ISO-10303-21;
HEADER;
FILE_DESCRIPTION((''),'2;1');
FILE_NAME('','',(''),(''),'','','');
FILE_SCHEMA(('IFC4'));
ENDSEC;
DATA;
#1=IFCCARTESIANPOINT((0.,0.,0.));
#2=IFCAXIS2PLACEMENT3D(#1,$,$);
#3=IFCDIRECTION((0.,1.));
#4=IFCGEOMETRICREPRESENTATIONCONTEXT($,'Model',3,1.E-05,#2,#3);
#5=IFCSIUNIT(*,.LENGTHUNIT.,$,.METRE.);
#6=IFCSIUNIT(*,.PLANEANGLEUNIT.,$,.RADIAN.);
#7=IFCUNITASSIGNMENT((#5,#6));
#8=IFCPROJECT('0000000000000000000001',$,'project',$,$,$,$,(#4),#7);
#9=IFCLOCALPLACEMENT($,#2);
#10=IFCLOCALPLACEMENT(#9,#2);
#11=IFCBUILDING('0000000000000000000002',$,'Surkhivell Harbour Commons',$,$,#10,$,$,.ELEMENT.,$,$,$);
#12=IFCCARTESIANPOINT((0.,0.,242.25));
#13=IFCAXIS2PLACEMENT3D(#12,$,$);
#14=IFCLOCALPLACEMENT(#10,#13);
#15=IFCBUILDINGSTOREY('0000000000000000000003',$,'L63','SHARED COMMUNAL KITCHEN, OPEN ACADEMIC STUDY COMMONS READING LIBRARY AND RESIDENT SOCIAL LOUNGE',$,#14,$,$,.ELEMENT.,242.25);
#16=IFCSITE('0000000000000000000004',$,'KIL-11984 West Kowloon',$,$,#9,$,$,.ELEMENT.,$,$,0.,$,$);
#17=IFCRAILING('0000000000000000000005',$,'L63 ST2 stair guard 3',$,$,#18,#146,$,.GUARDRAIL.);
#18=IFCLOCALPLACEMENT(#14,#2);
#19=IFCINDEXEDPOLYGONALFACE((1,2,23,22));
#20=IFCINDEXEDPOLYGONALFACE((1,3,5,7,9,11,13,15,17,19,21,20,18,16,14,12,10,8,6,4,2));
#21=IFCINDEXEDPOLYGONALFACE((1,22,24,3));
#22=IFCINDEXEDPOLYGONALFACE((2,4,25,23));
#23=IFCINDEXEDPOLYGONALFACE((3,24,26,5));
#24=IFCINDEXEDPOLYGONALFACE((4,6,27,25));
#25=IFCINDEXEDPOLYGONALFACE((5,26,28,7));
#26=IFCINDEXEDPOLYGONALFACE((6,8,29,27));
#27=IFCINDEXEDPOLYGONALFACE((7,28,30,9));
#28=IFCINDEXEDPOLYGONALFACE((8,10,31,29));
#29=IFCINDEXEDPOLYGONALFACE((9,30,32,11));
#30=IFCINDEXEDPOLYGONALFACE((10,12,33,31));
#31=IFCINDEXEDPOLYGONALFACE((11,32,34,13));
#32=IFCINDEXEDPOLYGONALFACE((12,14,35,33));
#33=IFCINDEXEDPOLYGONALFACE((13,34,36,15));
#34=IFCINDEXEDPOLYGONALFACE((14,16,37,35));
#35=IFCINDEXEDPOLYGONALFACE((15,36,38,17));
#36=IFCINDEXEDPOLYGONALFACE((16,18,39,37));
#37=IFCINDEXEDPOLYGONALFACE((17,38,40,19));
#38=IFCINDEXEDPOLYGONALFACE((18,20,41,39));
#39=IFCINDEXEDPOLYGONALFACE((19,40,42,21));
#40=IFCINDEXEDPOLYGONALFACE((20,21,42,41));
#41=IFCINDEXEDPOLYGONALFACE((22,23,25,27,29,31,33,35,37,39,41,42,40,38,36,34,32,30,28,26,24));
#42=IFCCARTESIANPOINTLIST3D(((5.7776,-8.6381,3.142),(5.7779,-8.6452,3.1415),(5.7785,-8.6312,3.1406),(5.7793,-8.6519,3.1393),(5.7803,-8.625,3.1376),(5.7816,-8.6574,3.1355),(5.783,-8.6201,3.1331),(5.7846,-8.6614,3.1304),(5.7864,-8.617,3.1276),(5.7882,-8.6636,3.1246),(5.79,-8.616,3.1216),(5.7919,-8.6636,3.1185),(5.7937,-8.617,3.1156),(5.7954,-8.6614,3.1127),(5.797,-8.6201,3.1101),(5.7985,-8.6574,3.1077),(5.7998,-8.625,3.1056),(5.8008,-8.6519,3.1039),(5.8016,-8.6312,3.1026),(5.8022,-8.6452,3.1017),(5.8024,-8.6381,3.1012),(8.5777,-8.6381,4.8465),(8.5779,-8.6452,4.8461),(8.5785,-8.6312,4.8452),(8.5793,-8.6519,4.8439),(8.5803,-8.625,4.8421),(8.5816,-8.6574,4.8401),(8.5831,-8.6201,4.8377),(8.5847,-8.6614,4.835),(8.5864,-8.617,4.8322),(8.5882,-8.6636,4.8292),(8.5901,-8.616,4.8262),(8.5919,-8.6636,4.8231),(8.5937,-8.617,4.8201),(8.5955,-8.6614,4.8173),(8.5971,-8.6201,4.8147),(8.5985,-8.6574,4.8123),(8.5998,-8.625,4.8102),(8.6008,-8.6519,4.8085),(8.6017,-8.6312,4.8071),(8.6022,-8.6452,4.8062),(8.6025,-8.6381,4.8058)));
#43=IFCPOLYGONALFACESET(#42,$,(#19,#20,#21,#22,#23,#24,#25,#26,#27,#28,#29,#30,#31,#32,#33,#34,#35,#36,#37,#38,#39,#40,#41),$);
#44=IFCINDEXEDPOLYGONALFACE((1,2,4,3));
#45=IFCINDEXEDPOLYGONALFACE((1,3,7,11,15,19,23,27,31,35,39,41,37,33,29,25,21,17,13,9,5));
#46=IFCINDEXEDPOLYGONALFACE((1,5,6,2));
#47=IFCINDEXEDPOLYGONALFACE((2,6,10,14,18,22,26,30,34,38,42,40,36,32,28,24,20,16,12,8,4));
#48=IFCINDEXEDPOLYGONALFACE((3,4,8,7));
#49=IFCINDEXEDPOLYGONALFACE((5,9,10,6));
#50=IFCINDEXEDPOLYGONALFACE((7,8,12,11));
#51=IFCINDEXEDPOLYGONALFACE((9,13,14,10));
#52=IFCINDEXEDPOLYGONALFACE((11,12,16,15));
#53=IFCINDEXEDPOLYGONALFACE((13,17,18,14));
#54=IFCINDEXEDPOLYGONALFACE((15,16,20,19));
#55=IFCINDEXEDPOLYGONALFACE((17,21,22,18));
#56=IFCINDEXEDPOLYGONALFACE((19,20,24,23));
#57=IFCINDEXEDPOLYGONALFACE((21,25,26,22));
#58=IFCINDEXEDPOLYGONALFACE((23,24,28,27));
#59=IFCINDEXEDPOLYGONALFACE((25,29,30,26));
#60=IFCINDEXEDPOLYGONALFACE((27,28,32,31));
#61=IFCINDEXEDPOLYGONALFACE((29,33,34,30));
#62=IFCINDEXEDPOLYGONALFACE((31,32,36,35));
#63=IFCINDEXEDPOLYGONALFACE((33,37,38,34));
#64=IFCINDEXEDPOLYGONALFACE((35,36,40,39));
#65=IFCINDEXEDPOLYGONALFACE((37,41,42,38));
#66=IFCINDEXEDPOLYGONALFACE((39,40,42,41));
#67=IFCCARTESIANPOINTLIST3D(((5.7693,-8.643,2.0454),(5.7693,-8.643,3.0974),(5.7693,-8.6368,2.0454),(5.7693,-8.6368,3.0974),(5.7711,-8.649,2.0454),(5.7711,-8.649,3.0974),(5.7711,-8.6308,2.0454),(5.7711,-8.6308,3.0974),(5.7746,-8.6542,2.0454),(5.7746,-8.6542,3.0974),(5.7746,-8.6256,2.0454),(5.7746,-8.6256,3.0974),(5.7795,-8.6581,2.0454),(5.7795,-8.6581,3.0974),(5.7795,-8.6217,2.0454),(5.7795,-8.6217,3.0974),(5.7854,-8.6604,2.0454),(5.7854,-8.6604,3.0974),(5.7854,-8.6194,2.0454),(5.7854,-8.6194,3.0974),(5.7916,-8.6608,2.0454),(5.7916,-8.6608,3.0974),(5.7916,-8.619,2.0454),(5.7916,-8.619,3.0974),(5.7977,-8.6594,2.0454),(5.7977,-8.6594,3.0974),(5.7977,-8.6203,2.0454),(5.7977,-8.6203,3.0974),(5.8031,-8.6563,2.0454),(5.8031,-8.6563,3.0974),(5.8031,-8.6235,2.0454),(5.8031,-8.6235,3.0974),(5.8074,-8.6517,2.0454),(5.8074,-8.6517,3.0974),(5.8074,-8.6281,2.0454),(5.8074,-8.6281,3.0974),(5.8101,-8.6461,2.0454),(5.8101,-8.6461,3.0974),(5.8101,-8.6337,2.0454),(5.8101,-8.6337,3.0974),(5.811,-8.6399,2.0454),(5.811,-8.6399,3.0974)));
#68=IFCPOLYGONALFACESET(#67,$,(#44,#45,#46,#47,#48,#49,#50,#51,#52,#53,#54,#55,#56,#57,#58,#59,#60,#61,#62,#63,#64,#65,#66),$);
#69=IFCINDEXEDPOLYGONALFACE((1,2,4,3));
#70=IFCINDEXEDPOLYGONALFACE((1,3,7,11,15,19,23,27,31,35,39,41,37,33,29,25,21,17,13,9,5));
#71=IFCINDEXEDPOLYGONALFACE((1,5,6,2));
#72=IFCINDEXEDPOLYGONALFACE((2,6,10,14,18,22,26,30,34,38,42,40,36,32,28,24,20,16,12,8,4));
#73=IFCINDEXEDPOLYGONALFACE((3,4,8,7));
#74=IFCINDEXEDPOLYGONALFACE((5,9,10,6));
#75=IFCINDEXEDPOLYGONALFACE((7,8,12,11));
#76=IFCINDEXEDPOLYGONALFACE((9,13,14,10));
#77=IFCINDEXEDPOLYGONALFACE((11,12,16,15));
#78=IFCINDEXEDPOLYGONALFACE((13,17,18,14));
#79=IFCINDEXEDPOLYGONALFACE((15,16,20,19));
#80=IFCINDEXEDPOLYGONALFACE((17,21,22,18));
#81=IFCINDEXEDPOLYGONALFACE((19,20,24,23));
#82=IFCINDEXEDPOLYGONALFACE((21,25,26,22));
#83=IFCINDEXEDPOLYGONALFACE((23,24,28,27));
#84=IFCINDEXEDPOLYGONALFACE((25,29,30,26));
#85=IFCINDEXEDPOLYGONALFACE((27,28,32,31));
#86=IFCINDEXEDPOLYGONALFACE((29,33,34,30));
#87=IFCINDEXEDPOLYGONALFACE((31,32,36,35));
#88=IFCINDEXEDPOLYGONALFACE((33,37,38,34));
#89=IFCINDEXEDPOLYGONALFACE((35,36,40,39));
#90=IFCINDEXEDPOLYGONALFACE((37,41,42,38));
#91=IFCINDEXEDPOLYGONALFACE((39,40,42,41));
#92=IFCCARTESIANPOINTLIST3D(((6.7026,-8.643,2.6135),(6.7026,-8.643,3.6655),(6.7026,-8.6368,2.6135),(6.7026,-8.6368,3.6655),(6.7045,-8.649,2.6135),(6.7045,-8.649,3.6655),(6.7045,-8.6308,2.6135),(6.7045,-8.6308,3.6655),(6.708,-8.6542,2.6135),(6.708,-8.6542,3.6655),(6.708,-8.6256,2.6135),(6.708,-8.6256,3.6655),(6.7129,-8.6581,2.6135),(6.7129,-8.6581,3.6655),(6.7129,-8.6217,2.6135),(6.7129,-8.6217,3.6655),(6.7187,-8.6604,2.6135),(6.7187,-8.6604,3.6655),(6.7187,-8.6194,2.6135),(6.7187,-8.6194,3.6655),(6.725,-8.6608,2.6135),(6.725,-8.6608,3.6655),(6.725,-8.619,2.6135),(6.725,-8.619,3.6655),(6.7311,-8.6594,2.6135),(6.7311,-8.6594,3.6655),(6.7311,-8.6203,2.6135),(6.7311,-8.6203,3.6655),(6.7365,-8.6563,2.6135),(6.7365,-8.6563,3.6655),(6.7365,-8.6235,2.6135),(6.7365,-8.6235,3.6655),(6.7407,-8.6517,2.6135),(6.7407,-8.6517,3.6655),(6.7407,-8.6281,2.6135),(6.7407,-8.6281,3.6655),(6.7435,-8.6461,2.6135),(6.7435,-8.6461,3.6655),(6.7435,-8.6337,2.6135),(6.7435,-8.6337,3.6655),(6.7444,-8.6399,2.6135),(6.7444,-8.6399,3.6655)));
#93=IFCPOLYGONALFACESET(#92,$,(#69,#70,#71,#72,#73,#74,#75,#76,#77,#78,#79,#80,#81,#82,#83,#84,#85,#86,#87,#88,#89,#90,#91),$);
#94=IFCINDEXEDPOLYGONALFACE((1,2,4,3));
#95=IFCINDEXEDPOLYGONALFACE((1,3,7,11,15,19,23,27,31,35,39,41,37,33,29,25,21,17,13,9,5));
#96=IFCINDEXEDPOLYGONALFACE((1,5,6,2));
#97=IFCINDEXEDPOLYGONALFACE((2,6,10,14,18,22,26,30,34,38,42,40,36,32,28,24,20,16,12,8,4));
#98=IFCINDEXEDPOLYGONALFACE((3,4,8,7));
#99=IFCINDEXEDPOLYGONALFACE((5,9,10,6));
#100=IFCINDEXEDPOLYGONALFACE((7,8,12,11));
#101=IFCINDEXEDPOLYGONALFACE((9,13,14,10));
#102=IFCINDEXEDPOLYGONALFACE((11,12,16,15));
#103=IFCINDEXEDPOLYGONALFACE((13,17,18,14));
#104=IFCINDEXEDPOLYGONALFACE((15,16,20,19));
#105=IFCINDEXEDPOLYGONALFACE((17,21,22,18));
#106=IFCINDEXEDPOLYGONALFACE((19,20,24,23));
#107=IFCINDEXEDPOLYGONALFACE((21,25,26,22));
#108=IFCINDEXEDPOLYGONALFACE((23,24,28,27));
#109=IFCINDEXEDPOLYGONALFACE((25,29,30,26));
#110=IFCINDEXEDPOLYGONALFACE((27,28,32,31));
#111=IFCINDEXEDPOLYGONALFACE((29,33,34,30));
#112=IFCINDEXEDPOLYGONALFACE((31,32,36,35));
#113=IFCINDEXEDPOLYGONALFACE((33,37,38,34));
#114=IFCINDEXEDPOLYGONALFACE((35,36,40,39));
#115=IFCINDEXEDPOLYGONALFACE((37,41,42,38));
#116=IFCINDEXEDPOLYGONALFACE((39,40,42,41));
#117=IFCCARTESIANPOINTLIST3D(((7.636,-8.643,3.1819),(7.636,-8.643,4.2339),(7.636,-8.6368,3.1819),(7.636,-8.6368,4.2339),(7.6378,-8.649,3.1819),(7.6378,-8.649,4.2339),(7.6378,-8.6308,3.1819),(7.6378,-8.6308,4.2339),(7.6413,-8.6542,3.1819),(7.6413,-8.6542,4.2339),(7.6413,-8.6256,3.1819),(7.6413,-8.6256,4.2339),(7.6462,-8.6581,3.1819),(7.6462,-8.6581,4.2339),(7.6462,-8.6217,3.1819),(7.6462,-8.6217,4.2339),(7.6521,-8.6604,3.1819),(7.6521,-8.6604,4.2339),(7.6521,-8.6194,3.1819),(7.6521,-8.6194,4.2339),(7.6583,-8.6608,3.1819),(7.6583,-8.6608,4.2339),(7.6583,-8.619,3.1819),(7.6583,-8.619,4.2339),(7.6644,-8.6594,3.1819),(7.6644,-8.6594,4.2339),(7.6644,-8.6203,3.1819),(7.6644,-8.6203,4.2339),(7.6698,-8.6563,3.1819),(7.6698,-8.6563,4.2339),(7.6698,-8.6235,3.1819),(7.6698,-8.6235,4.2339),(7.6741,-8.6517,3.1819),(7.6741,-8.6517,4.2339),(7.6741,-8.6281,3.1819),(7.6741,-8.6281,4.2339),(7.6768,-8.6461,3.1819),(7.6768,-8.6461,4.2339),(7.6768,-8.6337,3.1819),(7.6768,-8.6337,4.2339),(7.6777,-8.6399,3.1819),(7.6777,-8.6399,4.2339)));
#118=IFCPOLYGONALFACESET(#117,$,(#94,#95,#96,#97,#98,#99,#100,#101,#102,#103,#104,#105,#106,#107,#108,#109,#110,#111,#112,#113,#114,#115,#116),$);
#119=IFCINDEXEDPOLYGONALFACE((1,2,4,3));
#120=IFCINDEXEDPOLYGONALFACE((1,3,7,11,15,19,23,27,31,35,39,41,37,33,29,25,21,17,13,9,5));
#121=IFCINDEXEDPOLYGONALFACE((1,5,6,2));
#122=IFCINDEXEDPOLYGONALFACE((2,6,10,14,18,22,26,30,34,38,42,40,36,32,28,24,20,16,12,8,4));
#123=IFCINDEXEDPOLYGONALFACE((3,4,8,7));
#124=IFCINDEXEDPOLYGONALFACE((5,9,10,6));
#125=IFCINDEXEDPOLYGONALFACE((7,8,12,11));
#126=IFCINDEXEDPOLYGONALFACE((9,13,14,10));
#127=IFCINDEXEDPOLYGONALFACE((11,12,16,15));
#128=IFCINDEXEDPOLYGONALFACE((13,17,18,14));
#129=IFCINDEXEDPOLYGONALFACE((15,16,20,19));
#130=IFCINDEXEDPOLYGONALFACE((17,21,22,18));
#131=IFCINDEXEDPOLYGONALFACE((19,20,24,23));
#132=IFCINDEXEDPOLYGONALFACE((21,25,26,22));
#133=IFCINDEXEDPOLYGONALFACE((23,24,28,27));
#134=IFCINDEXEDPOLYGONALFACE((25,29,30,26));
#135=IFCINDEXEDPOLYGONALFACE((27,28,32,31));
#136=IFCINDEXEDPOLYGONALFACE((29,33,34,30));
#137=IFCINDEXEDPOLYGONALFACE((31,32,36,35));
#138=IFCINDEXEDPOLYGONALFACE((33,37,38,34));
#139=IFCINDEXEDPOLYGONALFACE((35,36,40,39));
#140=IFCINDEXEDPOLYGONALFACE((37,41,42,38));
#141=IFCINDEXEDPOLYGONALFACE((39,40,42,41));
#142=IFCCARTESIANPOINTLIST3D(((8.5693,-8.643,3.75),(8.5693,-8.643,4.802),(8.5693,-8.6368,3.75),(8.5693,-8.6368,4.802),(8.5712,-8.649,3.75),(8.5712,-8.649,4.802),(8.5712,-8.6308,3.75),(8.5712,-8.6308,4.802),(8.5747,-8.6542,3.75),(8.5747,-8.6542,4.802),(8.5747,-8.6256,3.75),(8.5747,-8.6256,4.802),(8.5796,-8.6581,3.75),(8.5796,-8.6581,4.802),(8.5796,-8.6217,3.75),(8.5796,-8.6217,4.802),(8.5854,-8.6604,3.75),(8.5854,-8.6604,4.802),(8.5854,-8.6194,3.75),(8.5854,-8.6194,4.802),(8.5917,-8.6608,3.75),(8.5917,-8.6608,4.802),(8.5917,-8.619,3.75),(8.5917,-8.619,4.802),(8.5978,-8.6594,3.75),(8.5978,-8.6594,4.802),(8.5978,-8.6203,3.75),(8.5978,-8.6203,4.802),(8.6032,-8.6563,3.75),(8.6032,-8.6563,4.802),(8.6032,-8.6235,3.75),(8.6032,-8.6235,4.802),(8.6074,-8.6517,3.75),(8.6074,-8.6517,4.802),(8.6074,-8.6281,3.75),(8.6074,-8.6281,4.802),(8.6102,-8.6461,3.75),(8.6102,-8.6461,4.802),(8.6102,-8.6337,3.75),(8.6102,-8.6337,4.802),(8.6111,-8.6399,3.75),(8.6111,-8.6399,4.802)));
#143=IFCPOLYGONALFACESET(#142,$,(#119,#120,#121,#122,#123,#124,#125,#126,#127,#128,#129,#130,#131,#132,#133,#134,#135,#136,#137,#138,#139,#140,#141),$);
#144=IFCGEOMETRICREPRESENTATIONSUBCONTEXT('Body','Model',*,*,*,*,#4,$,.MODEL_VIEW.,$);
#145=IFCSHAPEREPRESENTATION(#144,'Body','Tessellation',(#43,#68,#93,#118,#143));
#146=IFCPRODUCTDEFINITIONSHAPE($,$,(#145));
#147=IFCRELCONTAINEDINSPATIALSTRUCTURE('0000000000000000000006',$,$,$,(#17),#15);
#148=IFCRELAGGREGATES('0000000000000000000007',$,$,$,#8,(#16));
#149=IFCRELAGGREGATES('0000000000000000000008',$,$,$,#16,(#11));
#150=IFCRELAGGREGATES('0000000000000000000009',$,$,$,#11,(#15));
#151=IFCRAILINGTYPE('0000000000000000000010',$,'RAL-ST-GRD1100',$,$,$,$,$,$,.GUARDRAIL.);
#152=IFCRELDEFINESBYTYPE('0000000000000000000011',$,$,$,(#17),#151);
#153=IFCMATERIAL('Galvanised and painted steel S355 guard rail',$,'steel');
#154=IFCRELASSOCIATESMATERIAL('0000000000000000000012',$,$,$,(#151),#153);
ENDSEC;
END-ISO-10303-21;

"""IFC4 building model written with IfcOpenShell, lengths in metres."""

from ifc_helpers import new_model, si_unit, direction, frame, origin, origin_2d, place, context, subcontext, project, spatial, circle, extrude, material, type_object, element, save


model = new_model("IFC4")

# Units and contexts
model_context = context("Model", 3, precision=1e-05, world=origin(), true_north=direction((0.0, 1.0)))
body_context = subcontext(model_context, "Body", "Model", "MODEL_VIEW")
ifc_project = project(units=[si_unit("LENGTHUNIT", "METRE"), si_unit("PLANEANGLEUNIT", "RADIAN")], contexts=[model_context])

# Site, building, storey
site_placement = place(None, origin())
site = spatial("IfcSite", under=ifc_project, at=site_placement, Name="KIL-11984 West Kowloon", CompositionType="ELEMENT", RefElevation=0.0)
building_placement = place(site_placement, origin())
building = spatial("IfcBuilding", under=site, at=building_placement, Name="Surkhivell Harbour Commons", CompositionType="ELEMENT")
storey_placement = place(building_placement, frame((0.0, 0.0, 242.25)))
storey = spatial("IfcBuildingStorey", under=building, at=storey_placement, Name="L63", Description="SHARED COMMUNAL KITCHEN, OPEN ACADEMIC STUDY COMMONS READING LIBRARY AND RESIDENT SOCIAL LOUNGE", CompositionType="ELEMENT", Elevation=242.25)

# Railing
ifc_material_1 = material(Name="Galvanised and painted steel S355 guard rail", Category="steel")
railing_type = type_object("IfcRailingType", Name="RAL-ST-GRD1100", PredefinedType="GUARDRAIL", material=ifc_material_1)
railing_1_placement = place(storey_placement, frame((5.79, -8.6399, 2.0454)))
element("IfcRailing", 1, at=railing_1_placement, inside=storey, type_object=railing_type, Name="L63 ST2 stair guard 3", PredefinedType="GUARDRAIL", context=body_context, shape_type="SweptSolid", body=[
    extrude(circle(Radius=0.0239, at=origin_2d()), frame((0.0, 0.0, 1.0762), z_axis=(0.85417, 0.0, 0.519994), x_axis=(0.0, 1.0, 0.0)), (0.0, 0.0, 1.0), 3.2781),
    extrude(circle(Radius=0.021, at=origin_2d()), origin(), (0.0, 0.0, 1.0), 1.052),
    extrude(circle(Radius=0.021, at=origin_2d()), frame((0.9333, 0.0, 0.5681)), (0.0, 0.0, 1.0), 1.052),
    extrude(circle(Radius=0.021, at=origin_2d()), frame((1.8667, 0.0, 1.1365)), (0.0, 0.0, 1.0), 1.052),
    extrude(circle(Radius=0.021, at=origin_2d()), frame((2.8, 0.0, 1.7046)), (0.0, 0.0, 1.0), 1.052),
])

save(model, "model.ifc")
